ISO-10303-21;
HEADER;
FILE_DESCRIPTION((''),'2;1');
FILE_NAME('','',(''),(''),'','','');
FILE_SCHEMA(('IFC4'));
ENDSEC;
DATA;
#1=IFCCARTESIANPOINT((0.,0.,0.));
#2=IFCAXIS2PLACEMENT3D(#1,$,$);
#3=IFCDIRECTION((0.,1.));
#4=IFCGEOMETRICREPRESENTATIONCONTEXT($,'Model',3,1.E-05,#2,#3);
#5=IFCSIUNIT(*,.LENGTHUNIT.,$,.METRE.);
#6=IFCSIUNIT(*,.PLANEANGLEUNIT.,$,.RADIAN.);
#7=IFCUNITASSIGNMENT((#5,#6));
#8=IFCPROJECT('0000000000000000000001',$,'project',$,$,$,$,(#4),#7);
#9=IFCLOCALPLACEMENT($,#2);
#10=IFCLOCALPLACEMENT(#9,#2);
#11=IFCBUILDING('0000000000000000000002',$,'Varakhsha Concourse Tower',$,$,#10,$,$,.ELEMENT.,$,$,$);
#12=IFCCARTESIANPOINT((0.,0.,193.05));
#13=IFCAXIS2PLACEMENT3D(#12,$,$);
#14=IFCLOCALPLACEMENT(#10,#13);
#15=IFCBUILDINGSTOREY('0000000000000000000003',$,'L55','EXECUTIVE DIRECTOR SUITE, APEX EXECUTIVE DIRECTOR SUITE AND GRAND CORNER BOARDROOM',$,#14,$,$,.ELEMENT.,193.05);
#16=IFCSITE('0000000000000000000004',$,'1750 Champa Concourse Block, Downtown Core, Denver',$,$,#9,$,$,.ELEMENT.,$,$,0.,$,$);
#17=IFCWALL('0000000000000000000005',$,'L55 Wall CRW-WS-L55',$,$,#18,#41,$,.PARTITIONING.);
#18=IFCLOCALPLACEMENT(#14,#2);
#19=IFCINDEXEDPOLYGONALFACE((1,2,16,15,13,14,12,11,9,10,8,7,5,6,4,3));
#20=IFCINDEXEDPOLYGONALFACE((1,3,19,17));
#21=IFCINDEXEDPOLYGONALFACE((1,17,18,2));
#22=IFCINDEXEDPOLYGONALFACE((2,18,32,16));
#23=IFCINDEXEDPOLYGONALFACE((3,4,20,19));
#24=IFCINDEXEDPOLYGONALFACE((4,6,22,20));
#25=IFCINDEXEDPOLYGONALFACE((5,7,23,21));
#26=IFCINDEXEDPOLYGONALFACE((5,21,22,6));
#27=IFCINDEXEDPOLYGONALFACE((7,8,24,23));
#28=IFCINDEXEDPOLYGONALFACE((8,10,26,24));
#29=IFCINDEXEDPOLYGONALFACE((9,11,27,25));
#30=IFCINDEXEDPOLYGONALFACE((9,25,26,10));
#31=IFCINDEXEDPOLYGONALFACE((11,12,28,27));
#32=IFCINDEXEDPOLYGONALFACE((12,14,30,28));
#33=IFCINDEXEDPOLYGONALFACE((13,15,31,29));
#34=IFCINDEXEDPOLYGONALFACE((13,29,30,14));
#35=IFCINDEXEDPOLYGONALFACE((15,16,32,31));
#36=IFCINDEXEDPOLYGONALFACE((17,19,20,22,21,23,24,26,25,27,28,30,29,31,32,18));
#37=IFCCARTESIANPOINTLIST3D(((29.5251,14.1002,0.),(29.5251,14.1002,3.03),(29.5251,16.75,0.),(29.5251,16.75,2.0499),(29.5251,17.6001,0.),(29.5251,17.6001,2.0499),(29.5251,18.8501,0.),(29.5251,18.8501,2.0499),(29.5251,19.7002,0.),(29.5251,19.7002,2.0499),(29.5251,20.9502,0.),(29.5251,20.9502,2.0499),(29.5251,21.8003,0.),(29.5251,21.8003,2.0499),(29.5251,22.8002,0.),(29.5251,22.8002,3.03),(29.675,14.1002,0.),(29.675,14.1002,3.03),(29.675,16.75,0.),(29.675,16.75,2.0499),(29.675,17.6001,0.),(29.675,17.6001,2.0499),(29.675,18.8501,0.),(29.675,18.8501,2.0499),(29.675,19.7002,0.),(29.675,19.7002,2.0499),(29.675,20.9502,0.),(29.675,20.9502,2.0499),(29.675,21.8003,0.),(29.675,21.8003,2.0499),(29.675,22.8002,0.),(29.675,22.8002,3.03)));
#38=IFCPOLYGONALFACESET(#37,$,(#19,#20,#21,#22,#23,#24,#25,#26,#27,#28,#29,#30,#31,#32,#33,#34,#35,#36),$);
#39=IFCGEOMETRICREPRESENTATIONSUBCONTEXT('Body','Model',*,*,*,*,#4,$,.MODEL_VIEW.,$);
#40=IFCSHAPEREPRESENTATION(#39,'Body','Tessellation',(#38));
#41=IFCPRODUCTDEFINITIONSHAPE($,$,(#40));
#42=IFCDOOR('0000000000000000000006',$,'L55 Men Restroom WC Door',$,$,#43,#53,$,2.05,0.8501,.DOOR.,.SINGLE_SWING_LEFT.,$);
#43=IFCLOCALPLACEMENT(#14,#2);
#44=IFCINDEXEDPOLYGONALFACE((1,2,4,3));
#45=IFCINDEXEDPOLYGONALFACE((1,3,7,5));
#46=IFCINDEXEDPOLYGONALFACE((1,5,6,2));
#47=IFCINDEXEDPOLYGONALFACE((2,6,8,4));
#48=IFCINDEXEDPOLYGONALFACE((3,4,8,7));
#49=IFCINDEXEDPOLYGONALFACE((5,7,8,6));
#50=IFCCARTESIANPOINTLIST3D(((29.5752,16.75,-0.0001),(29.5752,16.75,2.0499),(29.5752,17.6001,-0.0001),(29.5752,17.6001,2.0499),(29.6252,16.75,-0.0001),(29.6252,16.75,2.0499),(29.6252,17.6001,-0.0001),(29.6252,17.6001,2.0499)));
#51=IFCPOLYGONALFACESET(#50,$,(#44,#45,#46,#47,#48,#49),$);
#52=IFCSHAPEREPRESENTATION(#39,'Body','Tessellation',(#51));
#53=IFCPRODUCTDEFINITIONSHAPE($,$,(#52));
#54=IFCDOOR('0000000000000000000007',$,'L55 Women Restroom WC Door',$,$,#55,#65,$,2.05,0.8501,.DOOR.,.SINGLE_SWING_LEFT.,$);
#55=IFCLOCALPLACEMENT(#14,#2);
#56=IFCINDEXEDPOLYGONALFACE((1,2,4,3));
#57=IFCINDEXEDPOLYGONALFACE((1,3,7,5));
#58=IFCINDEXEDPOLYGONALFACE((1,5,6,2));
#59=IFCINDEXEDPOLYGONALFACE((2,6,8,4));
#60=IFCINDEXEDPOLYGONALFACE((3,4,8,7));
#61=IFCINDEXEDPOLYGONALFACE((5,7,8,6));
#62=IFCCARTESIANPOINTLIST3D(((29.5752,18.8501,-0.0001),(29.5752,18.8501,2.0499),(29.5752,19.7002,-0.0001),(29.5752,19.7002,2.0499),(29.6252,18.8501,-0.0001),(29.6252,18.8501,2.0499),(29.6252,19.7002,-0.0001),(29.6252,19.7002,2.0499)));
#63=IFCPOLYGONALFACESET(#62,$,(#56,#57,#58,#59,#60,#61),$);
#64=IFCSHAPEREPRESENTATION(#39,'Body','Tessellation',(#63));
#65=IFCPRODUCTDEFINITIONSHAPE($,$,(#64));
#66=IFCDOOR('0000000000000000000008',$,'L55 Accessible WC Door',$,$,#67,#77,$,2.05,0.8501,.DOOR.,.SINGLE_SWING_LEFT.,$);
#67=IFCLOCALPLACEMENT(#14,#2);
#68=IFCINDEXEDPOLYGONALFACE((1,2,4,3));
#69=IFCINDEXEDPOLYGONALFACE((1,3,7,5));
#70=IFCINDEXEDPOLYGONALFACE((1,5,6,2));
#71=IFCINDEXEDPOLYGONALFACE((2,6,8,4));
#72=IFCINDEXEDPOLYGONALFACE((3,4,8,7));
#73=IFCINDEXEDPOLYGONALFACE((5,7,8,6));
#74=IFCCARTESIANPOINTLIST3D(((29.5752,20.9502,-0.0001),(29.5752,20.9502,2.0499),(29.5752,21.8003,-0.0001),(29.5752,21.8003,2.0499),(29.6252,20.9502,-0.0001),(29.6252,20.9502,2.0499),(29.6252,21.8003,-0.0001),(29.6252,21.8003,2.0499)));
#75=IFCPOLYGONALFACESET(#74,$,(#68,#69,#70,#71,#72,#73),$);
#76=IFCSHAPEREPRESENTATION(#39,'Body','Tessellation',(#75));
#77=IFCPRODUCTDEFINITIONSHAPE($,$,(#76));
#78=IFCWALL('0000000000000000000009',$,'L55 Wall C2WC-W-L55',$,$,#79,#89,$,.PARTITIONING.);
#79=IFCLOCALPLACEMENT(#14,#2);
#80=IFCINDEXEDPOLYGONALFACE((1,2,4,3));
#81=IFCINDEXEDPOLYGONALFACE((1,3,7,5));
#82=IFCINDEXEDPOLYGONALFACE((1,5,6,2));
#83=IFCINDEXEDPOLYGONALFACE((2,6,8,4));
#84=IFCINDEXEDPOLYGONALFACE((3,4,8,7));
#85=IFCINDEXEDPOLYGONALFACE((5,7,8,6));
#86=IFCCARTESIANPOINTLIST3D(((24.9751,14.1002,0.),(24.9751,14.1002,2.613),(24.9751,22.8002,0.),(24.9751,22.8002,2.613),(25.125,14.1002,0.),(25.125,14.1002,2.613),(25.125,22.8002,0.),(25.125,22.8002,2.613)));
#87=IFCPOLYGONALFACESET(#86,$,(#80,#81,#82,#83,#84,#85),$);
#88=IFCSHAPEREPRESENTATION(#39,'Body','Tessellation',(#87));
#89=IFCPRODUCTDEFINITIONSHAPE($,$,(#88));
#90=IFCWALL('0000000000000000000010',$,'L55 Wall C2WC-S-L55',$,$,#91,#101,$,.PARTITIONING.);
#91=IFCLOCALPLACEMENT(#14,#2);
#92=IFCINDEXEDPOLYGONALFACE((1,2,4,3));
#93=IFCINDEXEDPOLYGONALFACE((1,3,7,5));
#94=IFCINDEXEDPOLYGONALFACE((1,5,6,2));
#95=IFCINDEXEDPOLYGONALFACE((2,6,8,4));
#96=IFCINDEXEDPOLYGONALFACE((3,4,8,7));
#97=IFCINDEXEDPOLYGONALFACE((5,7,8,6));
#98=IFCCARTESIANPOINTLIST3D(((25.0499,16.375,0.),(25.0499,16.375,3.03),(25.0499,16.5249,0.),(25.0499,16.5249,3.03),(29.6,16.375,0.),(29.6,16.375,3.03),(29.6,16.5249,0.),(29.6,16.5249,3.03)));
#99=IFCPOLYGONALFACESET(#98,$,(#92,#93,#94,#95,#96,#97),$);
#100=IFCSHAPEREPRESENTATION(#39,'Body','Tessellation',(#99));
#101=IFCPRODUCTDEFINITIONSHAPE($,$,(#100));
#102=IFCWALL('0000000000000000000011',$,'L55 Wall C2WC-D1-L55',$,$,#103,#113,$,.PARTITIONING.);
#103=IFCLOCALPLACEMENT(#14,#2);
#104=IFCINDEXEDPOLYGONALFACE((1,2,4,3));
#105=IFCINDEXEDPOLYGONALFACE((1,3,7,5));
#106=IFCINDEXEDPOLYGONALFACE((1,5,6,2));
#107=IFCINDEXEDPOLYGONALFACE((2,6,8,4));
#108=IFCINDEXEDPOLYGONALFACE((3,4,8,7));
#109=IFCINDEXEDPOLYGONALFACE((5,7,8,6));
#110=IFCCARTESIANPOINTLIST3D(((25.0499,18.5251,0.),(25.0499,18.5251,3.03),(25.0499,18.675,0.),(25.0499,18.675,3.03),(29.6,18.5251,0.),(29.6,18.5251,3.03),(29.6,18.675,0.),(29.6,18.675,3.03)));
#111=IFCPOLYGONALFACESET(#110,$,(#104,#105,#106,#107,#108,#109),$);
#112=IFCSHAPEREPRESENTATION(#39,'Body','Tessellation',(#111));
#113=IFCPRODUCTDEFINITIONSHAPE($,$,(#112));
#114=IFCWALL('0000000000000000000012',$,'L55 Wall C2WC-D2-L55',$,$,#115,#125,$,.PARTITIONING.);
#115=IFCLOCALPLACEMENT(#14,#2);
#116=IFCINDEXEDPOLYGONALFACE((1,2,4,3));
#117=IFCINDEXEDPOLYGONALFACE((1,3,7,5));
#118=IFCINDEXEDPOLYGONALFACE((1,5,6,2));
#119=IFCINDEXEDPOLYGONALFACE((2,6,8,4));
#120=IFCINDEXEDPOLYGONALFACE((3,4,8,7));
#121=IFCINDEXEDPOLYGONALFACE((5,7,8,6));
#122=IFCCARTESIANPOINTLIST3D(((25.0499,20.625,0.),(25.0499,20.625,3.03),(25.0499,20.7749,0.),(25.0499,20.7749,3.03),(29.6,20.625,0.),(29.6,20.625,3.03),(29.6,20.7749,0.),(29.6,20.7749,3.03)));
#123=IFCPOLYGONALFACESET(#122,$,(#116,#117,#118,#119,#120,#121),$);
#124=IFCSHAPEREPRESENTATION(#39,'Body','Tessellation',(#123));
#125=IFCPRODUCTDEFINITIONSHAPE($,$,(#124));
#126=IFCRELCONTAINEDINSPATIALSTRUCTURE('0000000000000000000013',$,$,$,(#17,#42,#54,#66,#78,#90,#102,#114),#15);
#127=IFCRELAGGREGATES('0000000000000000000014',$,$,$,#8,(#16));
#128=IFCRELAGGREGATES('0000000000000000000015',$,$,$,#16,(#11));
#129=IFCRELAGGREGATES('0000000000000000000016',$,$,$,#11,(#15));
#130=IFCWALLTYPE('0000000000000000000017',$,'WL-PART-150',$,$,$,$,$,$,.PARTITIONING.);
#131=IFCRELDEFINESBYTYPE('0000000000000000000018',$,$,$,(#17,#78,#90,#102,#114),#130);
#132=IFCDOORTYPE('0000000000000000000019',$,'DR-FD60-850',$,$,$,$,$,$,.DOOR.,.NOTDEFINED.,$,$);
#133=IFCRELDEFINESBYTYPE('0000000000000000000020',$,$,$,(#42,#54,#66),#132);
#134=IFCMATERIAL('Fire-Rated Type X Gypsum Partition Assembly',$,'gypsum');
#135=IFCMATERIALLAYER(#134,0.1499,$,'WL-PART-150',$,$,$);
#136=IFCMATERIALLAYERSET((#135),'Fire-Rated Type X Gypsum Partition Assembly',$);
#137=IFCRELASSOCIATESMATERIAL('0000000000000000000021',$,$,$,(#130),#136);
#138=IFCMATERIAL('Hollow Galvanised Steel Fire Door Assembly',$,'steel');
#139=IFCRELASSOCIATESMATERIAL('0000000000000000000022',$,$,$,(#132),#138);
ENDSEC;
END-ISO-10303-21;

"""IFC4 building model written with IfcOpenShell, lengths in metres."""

from ifc_helpers import new_model, si_unit, direction, frame, frame_2d, origin, place, context, subcontext, project, spatial, rectangle, extrude, material, layer, layer_set, type_object, element, fill, save


model = new_model("IFC4")

# Units and contexts
model_context = context("Model", 3, precision=1e-05, world=origin(), true_north=direction((0.0, 1.0)))
body_context = subcontext(model_context, "Body", "Model", "MODEL_VIEW")
ifc_project = project(units=[si_unit("LENGTHUNIT", "METRE"), si_unit("PLANEANGLEUNIT", "RADIAN")], contexts=[model_context])

# Site, building, storey
site_placement = place(None, origin())
site = spatial("IfcSite", under=ifc_project, at=site_placement, Name="1750 Champa Concourse Block, Downtown Core, Denver", CompositionType="ELEMENT", RefElevation=0.0)
building_placement = place(site_placement, origin())
building = spatial("IfcBuilding", under=site, at=building_placement, Name="Varakhsha Concourse Tower", CompositionType="ELEMENT")
storey_placement = place(building_placement, frame((0.0, 0.0, 193.05)))
storey = spatial("IfcBuildingStorey", under=building, at=storey_placement, Name="L55", Description="EXECUTIVE DIRECTOR SUITE, APEX EXECUTIVE DIRECTOR SUITE AND GRAND CORNER BOARDROOM", CompositionType="ELEMENT", Elevation=193.05)

# Wall, openings, doors
ifc_material_1 = material(Name="Fire-Rated Type X Gypsum Partition Assembly", Category="gypsum")
ifc_layer_1 = layer(ifc_material_1, 0.1499, Name="WL-PART-150")
ifc_layer_set_1 = layer_set([ifc_layer_1], Name="Fire-Rated Type X Gypsum Partition Assembly")
wall_type = type_object("IfcWallType", Name="WL-PART-150", PredefinedType="PARTITIONING", material=ifc_layer_set_1)
ifc_material_2 = material(Name="Hollow Galvanised Steel Fire Door Assembly", Category="steel")
wall_1_placement = place(storey_placement, frame((29.6001, 14.1001, 0.0), z_axis=(0.0, 0.0, 1.0), x_axis=(0.0, 1.0, 0.0)))
wall_1 = element("IfcWall", 1, at=wall_1_placement, inside=storey, type_object=wall_type, Name="L55 Wall CRW-WS-L55", PredefinedType="PARTITIONING", context=body_context, shape_type="SweptSolid", body=[
    extrude(rectangle(XDim=8.7, YDim=0.1499, at=frame_2d((4.3501, 0.0))), origin(), (0.0, 0.0, 1.0), 3.03),
])
opening_1_placement = place(wall_1_placement, frame((2.6499, 0.0, 0.0)))
opening_1 = element("IfcOpeningElement", 2, at=opening_1_placement, cuts=wall_1, PredefinedType="OPENING", context=body_context, shape_type="SweptSolid", body=[
    extrude(rectangle(XDim=0.8501, YDim=2.05, at=frame_2d((0.425, 1.0249))), frame((0.0, 0.085, 0.0), z_axis=(0.0, -1.0, 0.0), x_axis=(1.0, 0.0, 0.0)), (0.0, 0.0, 1.0), 0.1699),
])
opening_2_placement = place(wall_1_placement, frame((4.75, 0.0, 0.0)))
opening_2 = element("IfcOpeningElement", 3, at=opening_2_placement, cuts=wall_1, PredefinedType="OPENING", context=body_context, shape_type="SweptSolid", body=[
    extrude(rectangle(XDim=0.8501, YDim=2.05, at=frame_2d((0.425, 1.0249))), frame((0.0, 0.085, 0.0), z_axis=(0.0, -1.0, 0.0), x_axis=(1.0, 0.0, 0.0)), (0.0, 0.0, 1.0), 0.1699),
])
opening_3_placement = place(wall_1_placement, frame((6.8501, 0.0, 0.0)))
opening_3 = element("IfcOpeningElement", 4, at=opening_3_placement, cuts=wall_1, PredefinedType="OPENING", context=body_context, shape_type="SweptSolid", body=[
    extrude(rectangle(XDim=0.8501, YDim=2.05, at=frame_2d((0.425, 1.0249))), frame((0.0, 0.085, 0.0), z_axis=(0.0, -1.0, 0.0), x_axis=(1.0, 0.0, 0.0)), (0.0, 0.0, 1.0), 0.1699),
])
door_type_1 = type_object("IfcDoorType", Name="DR-FD60-850", OperationType="NOTDEFINED", PredefinedType="DOOR", material=ifc_material_2)
door_1_placement = place(opening_1_placement, origin())
door_1 = element("IfcDoor", 5, at=door_1_placement, inside=storey, type_object=door_type_1, Name="L55 Men Restroom WC Door", OperationType="SINGLE_SWING_LEFT", OverallHeight=2.05, OverallWidth=0.8501, PredefinedType="DOOR", context=body_context, shape_type="SweptSolid", body=[
    extrude(rectangle(XDim=0.8501, YDim=2.05, at=frame_2d((0.425, 1.0249))), frame((0.0, 0.0249, 0.0), z_axis=(0.0, -1.0, 0.0), x_axis=(1.0, 0.0, 0.0)), (0.0, 0.0, 1.0), 0.05),
])
fill(opening_1, door_1)
door_2_placement = place(opening_2_placement, origin())
door_2 = element("IfcDoor", 6, at=door_2_placement, inside=storey, type_object=door_type_1, Name="L55 Women Restroom WC Door", OperationType="SINGLE_SWING_LEFT", OverallHeight=2.05, OverallWidth=0.8501, PredefinedType="DOOR", context=body_context, shape_type="SweptSolid", body=[
    extrude(rectangle(XDim=0.8501, YDim=2.05, at=frame_2d((0.425, 1.0249))), frame((0.0, 0.0249, 0.0), z_axis=(0.0, -1.0, 0.0), x_axis=(1.0, 0.0, 0.0)), (0.0, 0.0, 1.0), 0.05),
])
fill(opening_2, door_2)
door_3_placement = place(opening_3_placement, origin())
door_3 = element("IfcDoor", 7, at=door_3_placement, inside=storey, type_object=door_type_1, Name="L55 Accessible WC Door", OperationType="SINGLE_SWING_LEFT", OverallHeight=2.05, OverallWidth=0.8501, PredefinedType="DOOR", context=body_context, shape_type="SweptSolid", body=[
    extrude(rectangle(XDim=0.8501, YDim=2.05, at=frame_2d((0.425, 1.0249))), frame((0.0, 0.0249, 0.0), z_axis=(0.0, -1.0, 0.0), x_axis=(1.0, 0.0, 0.0)), (0.0, 0.0, 1.0), 0.05),
])
fill(opening_3, door_3)

# Walls
wall_2_placement = place(storey_placement, frame((25.05, 14.1001, 0.0), z_axis=(0.0, 0.0, 1.0), x_axis=(0.0, 1.0, 0.0)))
element("IfcWall", 8, at=wall_2_placement, inside=storey, type_object=wall_type, Name="L55 Wall C2WC-W-L55", PredefinedType="PARTITIONING", context=body_context, shape_type="SweptSolid", body=[
    extrude(rectangle(XDim=8.7, YDim=0.1499, at=frame_2d((4.3501, 0.0))), origin(), (0.0, 0.0, 1.0), 2.613),
])
for number, where, z_axis, x_axis, name in (
    (9, (25.05, 16.45, 0.0), (0.0, 0.0, 1.0), (1.0, 0.0, 0.0), "L55 Wall C2WC-S-L55"),
    (10, (25.05, 18.6001, 0.0), (0.0, 0.0, 1.0), (1.0, 0.0, 0.0), "L55 Wall C2WC-D1-L55"),
    (11, (25.05, 20.7, 0.0), (0.0, 0.0, 1.0), (1.0, 0.0, 0.0), "L55 Wall C2WC-D2-L55"),
):
    element("IfcWall", number, at=place(storey_placement, frame(where, z_axis=z_axis, x_axis=x_axis)), inside=storey, type_object=wall_type, Name=name, PredefinedType="PARTITIONING", context=body_context, shape_type="SweptSolid", body=[
        extrude(rectangle(XDim=4.55, YDim=0.1499, at=frame_2d((2.2749, 0.0))), origin(), (0.0, 0.0, 1.0), 3.03),
    ])

save(model, "model.ifc")
